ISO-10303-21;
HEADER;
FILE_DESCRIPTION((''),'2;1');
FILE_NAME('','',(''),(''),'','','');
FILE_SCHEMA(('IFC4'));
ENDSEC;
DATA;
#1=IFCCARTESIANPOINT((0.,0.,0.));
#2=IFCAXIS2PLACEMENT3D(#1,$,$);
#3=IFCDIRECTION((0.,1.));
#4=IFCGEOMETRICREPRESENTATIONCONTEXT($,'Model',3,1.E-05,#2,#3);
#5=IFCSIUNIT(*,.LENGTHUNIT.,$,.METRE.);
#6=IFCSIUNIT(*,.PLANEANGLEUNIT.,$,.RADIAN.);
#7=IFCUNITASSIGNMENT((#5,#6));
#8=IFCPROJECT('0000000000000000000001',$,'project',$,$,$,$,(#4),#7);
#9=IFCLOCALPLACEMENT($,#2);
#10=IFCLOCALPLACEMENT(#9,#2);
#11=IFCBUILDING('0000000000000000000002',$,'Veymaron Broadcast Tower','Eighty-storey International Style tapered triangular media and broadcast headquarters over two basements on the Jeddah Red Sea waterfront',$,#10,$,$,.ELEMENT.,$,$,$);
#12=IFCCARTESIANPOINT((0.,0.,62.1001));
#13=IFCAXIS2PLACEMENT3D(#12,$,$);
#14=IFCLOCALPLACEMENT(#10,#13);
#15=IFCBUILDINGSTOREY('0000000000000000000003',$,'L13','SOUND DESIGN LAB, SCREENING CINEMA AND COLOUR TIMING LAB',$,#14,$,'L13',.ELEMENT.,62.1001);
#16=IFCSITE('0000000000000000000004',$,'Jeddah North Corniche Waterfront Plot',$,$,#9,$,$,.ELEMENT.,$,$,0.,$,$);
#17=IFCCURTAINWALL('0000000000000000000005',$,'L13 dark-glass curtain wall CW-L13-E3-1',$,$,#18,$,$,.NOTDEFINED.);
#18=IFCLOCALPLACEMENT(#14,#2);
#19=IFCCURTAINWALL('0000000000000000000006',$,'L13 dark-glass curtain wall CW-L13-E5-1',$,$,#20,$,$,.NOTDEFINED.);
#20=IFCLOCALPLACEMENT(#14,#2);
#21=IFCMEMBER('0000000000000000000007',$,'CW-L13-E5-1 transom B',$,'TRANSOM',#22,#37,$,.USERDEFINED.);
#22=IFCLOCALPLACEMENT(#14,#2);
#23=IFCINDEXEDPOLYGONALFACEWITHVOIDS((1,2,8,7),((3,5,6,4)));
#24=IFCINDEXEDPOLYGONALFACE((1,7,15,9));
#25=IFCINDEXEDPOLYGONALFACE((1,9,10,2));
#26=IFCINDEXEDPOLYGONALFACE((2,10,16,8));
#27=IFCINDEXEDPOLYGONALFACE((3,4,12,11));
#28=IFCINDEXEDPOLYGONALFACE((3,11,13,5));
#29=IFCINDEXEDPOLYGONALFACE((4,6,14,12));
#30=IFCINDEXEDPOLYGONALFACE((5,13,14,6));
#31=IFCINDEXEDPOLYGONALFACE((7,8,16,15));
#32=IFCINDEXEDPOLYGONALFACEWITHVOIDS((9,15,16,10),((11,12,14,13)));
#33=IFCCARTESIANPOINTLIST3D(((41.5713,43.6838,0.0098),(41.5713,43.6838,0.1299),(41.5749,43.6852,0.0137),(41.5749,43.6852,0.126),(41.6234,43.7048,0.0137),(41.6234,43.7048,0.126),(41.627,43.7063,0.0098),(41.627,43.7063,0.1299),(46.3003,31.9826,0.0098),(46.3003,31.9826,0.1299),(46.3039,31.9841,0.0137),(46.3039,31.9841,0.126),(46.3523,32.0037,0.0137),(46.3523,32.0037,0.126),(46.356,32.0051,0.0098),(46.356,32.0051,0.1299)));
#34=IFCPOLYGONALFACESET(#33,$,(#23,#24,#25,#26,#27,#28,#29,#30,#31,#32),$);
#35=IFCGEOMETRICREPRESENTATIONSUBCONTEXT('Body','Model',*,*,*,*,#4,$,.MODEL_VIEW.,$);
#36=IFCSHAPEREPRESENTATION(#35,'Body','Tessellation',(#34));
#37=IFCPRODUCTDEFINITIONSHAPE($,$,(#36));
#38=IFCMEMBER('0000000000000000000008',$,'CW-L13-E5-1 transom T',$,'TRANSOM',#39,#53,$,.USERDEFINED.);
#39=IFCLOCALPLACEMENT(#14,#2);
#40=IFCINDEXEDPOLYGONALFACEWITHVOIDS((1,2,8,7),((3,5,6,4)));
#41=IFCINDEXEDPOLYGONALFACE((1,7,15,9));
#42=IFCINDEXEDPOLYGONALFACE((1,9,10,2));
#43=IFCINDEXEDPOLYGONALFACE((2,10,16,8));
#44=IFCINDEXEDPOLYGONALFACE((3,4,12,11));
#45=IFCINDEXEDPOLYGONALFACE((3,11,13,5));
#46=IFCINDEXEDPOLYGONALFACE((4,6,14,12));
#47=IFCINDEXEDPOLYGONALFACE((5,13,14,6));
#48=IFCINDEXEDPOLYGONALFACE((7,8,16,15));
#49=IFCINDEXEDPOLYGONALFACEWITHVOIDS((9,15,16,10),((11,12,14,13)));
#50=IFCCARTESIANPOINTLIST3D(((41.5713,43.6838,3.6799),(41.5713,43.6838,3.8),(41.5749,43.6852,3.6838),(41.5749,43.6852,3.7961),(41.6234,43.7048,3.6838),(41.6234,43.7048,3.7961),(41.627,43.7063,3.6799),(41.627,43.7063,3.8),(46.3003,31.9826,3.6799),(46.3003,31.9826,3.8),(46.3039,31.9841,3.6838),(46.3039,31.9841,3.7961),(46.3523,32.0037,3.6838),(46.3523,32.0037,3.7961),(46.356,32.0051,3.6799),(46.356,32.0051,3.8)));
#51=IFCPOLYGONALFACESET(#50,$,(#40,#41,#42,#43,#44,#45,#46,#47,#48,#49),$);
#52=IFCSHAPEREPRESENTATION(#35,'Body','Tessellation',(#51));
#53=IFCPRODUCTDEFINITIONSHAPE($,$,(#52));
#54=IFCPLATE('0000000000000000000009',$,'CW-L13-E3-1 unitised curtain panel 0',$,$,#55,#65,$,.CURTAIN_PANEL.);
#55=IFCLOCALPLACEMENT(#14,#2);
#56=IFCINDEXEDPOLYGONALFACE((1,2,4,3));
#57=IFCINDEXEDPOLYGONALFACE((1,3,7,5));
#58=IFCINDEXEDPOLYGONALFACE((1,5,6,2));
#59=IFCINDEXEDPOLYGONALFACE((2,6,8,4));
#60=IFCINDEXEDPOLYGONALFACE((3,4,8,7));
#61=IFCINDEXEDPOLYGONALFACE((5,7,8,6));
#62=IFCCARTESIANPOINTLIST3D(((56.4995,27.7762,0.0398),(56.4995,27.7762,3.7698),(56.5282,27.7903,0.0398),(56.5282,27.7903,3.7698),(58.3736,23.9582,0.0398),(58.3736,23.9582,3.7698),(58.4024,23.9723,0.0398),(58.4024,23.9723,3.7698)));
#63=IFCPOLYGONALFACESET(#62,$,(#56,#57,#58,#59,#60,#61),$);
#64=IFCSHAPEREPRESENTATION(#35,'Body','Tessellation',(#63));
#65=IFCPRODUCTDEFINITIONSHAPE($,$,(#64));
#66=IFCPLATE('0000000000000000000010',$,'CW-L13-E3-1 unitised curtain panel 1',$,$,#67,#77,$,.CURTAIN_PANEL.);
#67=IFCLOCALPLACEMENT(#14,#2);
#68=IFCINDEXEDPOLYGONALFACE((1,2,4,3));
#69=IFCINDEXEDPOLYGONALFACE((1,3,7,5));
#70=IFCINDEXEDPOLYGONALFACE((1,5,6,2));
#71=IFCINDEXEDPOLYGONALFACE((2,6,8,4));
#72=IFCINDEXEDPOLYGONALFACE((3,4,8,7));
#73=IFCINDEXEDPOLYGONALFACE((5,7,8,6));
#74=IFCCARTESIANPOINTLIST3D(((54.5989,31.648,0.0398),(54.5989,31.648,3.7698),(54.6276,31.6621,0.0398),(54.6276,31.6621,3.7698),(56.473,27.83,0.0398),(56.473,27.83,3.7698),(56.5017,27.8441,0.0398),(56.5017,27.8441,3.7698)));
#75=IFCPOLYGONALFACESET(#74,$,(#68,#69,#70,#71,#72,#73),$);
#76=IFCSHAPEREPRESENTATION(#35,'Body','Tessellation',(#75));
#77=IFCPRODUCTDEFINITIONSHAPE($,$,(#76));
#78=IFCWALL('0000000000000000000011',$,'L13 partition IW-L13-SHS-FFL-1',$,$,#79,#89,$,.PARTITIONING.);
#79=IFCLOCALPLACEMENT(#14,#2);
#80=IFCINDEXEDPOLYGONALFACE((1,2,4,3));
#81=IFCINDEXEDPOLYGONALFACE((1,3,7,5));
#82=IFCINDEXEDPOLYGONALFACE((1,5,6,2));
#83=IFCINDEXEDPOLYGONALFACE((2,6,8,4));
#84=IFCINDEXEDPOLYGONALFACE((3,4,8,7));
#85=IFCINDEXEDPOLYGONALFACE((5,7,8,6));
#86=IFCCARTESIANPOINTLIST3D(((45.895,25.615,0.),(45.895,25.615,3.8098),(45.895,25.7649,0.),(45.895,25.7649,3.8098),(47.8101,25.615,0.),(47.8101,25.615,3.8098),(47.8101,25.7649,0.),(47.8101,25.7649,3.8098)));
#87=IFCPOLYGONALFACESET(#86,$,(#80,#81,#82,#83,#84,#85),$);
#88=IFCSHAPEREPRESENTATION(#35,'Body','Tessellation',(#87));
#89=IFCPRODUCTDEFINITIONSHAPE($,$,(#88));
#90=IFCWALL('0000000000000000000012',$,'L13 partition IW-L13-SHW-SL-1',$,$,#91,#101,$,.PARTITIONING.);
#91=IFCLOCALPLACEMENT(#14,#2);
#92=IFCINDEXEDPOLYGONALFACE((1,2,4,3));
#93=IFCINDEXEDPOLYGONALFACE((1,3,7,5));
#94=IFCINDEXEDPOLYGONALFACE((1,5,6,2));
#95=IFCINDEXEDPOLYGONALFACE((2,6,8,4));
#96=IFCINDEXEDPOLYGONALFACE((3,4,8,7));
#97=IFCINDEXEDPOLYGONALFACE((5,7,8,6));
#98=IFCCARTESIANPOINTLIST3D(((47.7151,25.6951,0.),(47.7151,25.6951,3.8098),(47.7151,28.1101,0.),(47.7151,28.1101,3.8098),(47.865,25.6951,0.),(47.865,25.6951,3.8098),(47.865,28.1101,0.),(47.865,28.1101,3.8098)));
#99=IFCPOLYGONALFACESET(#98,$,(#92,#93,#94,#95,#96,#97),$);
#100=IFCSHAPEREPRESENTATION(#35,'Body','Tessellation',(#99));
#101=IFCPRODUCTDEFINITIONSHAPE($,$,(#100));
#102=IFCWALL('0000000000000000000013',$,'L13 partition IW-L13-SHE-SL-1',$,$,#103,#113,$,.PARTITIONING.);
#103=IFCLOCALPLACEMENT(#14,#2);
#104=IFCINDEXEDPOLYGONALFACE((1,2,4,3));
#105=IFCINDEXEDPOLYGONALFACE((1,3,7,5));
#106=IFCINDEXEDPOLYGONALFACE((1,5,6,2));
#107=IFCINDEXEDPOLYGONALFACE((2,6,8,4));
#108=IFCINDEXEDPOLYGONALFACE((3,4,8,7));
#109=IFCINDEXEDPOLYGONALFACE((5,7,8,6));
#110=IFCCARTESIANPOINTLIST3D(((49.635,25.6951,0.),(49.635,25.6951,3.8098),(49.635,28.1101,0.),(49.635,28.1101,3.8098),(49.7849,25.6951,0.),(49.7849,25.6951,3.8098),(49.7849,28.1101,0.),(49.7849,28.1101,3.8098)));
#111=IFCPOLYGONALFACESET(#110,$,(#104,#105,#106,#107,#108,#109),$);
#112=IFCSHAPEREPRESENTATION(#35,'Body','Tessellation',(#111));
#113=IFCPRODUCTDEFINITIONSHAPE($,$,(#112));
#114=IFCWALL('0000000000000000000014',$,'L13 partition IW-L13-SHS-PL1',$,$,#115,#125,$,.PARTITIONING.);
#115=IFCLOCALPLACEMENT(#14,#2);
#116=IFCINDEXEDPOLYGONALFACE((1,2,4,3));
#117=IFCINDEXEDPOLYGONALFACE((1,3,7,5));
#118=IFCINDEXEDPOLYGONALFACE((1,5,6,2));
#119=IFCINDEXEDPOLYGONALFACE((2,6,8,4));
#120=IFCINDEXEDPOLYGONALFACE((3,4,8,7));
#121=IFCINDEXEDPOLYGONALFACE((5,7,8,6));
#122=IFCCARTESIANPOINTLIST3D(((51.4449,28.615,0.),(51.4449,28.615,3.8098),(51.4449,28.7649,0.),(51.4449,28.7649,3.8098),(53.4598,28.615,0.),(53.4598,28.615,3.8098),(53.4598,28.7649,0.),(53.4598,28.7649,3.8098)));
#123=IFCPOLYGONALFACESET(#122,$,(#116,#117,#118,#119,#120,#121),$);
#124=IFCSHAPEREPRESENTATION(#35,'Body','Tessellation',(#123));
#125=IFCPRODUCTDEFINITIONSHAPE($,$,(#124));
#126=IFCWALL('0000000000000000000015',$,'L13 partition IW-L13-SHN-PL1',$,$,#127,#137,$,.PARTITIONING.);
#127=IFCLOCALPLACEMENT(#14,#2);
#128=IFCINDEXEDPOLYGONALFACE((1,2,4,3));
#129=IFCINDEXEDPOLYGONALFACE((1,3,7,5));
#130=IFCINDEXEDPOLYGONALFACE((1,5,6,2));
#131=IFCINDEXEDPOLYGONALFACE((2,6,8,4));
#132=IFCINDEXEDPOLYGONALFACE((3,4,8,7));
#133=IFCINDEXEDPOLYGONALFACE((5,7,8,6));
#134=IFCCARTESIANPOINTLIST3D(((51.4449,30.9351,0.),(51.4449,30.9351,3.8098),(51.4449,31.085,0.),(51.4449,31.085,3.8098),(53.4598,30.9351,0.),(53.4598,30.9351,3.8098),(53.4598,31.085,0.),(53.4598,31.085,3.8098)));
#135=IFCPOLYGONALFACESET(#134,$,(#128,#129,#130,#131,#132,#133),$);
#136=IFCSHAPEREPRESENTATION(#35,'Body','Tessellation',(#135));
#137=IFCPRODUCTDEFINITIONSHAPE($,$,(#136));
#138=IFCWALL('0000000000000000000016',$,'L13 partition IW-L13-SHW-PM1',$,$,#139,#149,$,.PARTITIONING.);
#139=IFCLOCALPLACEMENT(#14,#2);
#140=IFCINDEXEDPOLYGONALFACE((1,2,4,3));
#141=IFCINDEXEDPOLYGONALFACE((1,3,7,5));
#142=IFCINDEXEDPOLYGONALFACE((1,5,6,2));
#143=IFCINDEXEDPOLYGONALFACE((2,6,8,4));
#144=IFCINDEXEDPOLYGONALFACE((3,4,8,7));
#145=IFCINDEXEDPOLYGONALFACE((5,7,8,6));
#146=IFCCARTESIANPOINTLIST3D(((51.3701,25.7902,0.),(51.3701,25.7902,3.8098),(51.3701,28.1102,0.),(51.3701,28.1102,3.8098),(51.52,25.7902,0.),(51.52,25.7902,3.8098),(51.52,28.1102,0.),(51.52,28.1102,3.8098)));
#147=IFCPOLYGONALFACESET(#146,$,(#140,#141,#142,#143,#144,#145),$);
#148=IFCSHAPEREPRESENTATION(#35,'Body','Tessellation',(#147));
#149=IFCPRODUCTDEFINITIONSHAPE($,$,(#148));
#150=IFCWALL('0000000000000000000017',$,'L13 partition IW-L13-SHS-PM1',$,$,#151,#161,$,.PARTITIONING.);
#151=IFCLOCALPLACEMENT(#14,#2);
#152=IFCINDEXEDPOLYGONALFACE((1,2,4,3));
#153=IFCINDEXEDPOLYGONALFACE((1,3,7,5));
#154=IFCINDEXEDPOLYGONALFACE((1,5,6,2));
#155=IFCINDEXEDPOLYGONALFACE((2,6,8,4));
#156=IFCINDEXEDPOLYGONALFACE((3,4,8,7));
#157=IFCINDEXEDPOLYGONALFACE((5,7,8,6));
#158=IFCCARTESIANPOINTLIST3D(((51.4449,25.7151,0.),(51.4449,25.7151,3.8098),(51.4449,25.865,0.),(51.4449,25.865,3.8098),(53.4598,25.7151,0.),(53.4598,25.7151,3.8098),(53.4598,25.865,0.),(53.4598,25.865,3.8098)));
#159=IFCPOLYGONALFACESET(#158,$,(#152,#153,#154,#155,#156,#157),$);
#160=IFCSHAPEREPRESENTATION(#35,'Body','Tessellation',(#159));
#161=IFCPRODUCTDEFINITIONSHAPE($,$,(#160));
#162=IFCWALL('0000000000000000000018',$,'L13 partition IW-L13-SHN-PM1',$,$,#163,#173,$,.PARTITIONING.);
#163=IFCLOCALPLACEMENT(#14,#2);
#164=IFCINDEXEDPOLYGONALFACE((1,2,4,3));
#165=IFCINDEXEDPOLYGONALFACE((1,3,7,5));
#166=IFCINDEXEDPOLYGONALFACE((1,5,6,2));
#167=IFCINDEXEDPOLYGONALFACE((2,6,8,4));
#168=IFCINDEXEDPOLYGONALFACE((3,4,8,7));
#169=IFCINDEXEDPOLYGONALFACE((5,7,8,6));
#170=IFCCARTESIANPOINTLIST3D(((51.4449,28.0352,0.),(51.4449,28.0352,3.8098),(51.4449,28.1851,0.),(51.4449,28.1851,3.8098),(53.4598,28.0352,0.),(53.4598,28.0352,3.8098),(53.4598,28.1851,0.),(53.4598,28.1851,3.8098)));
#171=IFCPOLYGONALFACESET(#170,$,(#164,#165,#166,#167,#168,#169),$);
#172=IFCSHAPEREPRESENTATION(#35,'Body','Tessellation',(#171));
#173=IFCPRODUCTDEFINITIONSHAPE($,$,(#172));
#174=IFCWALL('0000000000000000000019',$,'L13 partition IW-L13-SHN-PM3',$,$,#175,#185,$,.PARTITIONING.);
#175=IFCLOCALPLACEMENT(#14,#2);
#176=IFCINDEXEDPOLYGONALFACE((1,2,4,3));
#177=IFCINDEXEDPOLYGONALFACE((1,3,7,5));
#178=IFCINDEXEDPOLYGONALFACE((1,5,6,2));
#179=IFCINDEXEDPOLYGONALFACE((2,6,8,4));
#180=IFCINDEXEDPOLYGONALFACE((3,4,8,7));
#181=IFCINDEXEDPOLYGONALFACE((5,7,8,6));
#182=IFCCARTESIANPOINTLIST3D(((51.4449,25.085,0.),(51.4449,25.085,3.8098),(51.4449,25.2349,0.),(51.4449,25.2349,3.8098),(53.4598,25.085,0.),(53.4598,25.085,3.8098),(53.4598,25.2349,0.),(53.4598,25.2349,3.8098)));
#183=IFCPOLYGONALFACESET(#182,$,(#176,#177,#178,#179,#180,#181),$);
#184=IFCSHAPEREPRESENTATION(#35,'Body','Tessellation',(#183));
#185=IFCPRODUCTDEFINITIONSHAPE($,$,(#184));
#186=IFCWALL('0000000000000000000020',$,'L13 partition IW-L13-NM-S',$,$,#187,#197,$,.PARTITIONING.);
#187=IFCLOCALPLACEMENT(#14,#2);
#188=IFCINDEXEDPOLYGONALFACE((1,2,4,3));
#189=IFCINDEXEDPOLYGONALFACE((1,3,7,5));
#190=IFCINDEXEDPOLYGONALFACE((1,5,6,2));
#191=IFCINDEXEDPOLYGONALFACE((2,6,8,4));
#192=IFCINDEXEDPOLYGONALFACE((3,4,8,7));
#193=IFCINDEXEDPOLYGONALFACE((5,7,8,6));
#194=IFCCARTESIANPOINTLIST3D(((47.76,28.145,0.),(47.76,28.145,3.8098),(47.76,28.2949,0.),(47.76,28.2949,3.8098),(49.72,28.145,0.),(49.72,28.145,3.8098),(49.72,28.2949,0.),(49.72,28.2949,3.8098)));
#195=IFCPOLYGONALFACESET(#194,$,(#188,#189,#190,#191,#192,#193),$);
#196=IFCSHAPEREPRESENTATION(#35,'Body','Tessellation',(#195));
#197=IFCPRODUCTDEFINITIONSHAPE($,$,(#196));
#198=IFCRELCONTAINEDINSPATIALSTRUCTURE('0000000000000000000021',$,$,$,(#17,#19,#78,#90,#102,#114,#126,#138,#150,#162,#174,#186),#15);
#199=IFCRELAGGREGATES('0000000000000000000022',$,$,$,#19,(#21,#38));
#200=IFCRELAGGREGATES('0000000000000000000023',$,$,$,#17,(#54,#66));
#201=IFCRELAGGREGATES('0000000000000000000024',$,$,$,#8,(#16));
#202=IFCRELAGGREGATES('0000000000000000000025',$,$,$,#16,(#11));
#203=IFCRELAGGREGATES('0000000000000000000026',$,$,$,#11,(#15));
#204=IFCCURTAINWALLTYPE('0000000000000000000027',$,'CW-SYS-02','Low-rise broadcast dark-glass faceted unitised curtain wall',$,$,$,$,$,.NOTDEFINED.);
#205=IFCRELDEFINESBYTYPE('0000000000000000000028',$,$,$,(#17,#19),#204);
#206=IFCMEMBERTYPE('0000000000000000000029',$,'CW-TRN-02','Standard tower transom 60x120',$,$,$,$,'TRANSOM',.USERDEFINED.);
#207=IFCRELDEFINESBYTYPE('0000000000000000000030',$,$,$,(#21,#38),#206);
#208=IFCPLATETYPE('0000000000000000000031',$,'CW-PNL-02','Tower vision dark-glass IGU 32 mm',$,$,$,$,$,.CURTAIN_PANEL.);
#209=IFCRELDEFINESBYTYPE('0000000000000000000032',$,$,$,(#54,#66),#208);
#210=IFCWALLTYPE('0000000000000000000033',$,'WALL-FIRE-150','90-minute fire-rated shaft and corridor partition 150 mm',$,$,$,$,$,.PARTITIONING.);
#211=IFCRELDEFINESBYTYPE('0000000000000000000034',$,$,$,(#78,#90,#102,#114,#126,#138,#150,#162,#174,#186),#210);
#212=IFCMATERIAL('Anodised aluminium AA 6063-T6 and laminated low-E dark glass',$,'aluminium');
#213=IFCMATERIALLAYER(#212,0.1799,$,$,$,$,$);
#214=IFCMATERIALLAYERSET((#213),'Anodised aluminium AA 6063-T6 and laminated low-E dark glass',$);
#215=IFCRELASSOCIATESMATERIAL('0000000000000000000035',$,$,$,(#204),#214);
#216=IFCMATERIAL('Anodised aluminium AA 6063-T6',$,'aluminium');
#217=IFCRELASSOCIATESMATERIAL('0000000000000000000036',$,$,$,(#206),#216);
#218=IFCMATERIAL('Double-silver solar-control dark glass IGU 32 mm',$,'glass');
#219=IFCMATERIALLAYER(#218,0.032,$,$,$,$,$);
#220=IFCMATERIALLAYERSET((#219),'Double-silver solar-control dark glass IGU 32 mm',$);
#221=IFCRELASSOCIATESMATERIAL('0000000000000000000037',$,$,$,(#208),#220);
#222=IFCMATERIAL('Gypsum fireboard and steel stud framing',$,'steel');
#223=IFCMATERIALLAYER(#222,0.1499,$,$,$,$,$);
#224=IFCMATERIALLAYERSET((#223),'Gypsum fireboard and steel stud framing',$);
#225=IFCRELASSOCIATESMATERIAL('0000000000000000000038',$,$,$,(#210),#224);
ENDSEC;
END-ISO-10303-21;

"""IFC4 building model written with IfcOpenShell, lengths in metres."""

from ifc_helpers import new_model, si_unit, direction, frame, frame_2d, origin, origin_2d, place, context, subcontext, project, spatial, rectangle, hollow_rectangle, extrude, material, layer, layer_set, material_profile, profile_set, type_object, element, aggregate, save


model = new_model("IFC4")

# Units and contexts
model_context = context("Model", 3, precision=1e-05, world=origin(), true_north=direction((0.0, 1.0)))
body_context = subcontext(model_context, "Body", "Model", "MODEL_VIEW")
ifc_project = project(units=[si_unit("LENGTHUNIT", "METRE"), si_unit("PLANEANGLEUNIT", "RADIAN")], contexts=[model_context])

# Site, building, storey
site_placement = place(None, origin())
site = spatial("IfcSite", under=ifc_project, at=site_placement, Name="Jeddah North Corniche Waterfront Plot", CompositionType="ELEMENT", RefElevation=0.0)
building_placement = place(site_placement, origin())
building = spatial("IfcBuilding", under=site, at=building_placement, Name="Veymaron Broadcast Tower", Description="Eighty-storey International Style tapered triangular media and broadcast headquarters over two basements on the Jeddah Red Sea waterfront", CompositionType="ELEMENT")
storey_placement = place(building_placement, frame((0.0, 0.0, 62.1001)))
storey = spatial("IfcBuildingStorey", under=building, at=storey_placement, Name="L13", Description="SOUND DESIGN LAB, SCREENING CINEMA AND COLOUR TIMING LAB", LongName="L13", CompositionType="ELEMENT", Elevation=62.1001)

# Shared definitions
ifc_material_1 = material(Name="Anodised aluminium AA 6063-T6 and laminated low-E dark glass", Category="aluminium")
ifc_layer_1 = layer(ifc_material_1, 0.1799)
ifc_layer_set_1 = layer_set([ifc_layer_1], Name="Anodised aluminium AA 6063-T6 and laminated low-E dark glass")
curtain_wall_type = type_object("IfcCurtainWallType", Name="CW-SYS-02", Description="Low-rise broadcast dark-glass faceted unitised curtain wall", PredefinedType="NOTDEFINED", material=ifc_layer_set_1)
ifc_material_2 = material(Name="Anodised aluminium AA 6063-T6", Category="aluminium")

# Curtain wall
curtain_wall_1_placement = place(storey_placement, origin())
curtain_wall_1 = element("IfcCurtainWall", 1, at=curtain_wall_1_placement, inside=storey, type_object=curtain_wall_type, Name="L13 dark-glass curtain wall CW-L13-E3-1", PredefinedType="NOTDEFINED")

# Curtain wall
curtain_wall_2_placement = place(storey_placement, origin())
curtain_wall_2 = element("IfcCurtainWall", 2, at=curtain_wall_2_placement, inside=storey, type_object=curtain_wall_type, Name="L13 dark-glass curtain wall CW-L13-E5-1", PredefinedType="NOTDEFINED")

# Members
ifc_material_profile_1 = material_profile(ifc_material_2, hollow_rectangle(XDim=0.0601, YDim=0.1201, WallThickness=0.0039, at=origin_2d()), Name="AL120X60X4")
ifc_profile_set_1 = profile_set([ifc_material_profile_1], Name="Anodised aluminium AA 6063-T6")
member_type_1 = type_object("IfcMemberType", Name="CW-TRN-02", Description="Standard tower transom 60x120", ElementType="TRANSOM", PredefinedType="USERDEFINED", material=ifc_profile_set_1)
member_1_placement = place(storey_placement, frame((46.3281, 31.9939, 0.0698), z_axis=(-0.374704, 0.927145, 0.0), x_axis=(-0.927145, -0.374704, 0.0)))
member_1 = element("IfcMember", 3, at=member_1_placement, type_object=member_type_1, Name="CW-L13-E5-1 transom B", ObjectType="TRANSOM", PredefinedType="USERDEFINED", context=body_context, shape_type="SweptSolid", body=[
    extrude(hollow_rectangle(XDim=0.0601, YDim=0.1201, WallThickness=0.0039, at=origin_2d()), origin(), (0.0, 0.0, 1.0), 12.6206),
])
member_2_placement = place(storey_placement, frame((46.3281, 31.9939, 3.74), z_axis=(-0.374704, 0.927145, 0.0), x_axis=(-0.927145, -0.374704, 0.0)))
member_2 = element("IfcMember", 4, at=member_2_placement, type_object=member_type_1, Name="CW-L13-E5-1 transom T", ObjectType="TRANSOM", PredefinedType="USERDEFINED", context=body_context, shape_type="SweptSolid", body=[
    extrude(hollow_rectangle(XDim=0.0601, YDim=0.1201, WallThickness=0.0039, at=origin_2d()), origin(), (0.0, 0.0, 1.0), 12.6206),
])
aggregate(curtain_wall_2, [member_1, member_2])

# Plates
ifc_material_3 = material(Name="Double-silver solar-control dark glass IGU 32 mm", Category="glass")
ifc_layer_2 = layer(ifc_material_3, 0.032)
ifc_layer_set_2 = layer_set([ifc_layer_2], Name="Double-silver solar-control dark glass IGU 32 mm")
plate_type = type_object("IfcPlateType", Name="CW-PNL-02", Description="Tower vision dark-glass IGU 32 mm", PredefinedType="CURTAIN_PANEL", material=ifc_layer_set_2)
plate_1_placement = place(storey_placement, frame((57.4509, 25.8743, 0.0398), z_axis=(0.0, 0.0, 1.0), x_axis=(-0.440644, 0.897682, 0.0)))
plate_1 = element("IfcPlate", 5, at=plate_1_placement, type_object=plate_type, Name="CW-L13-E3-1 unitised curtain panel 0", PredefinedType="CURTAIN_PANEL", context=body_context, shape_type="SweptSolid", body=[
    extrude(rectangle(XDim=4.2532, YDim=0.032, at=origin_2d()), origin(), (0.0, 0.0, 1.0), 3.73),
])
plate_2_placement = place(storey_placement, frame((55.5503, 29.7461, 0.0398), z_axis=(0.0, 0.0, 1.0), x_axis=(-0.440644, 0.897682, 0.0)))
plate_2 = element("IfcPlate", 6, at=plate_2_placement, type_object=plate_type, Name="CW-L13-E3-1 unitised curtain panel 1", PredefinedType="CURTAIN_PANEL", context=body_context, shape_type="SweptSolid", body=[
    extrude(rectangle(XDim=4.2532, YDim=0.032, at=origin_2d()), origin(), (0.0, 0.0, 1.0), 3.73),
])
aggregate(curtain_wall_1, [plate_1, plate_2])

# Shared definitions
ifc_material_4 = material(Name="Gypsum fireboard and steel stud framing", Category="steel")
ifc_layer_3 = layer(ifc_material_4, 0.1499)
ifc_layer_set_3 = layer_set([ifc_layer_3], Name="Gypsum fireboard and steel stud framing")
wall_type_1 = type_object("IfcWallType", Name="WALL-FIRE-150", Description="90-minute fire-rated shaft and corridor partition 150 mm", PredefinedType="PARTITIONING", material=ifc_layer_set_3)

# Wall
wall_1_placement = place(storey_placement, frame((45.895, 25.6899, 0.0), z_axis=(0.0, 0.0, 1.0), x_axis=(1.0, 0.0, 0.0)))
element("IfcWall", 7, at=wall_1_placement, inside=storey, type_object=wall_type_1, Name="L13 partition IW-L13-SHS-FFL-1", PredefinedType="PARTITIONING", context=body_context, shape_type="SweptSolid", body=[
    extrude(rectangle(XDim=1.915, YDim=0.1499, at=frame_2d((0.9575, 0.0))), origin(), (0.0, 0.0, 1.0), 3.8098),
])

# Walls
for number, where, z_axis, x_axis, name in (
    (8, (47.79, 25.6951, 0.0), (0.0, 0.0, 1.0), (0.0, 1.0, 0.0), "L13 partition IW-L13-SHW-SL-1"),
    (9, (49.71, 25.6951, 0.0), (0.0, 0.0, 1.0), (0.0, 1.0, 0.0), "L13 partition IW-L13-SHE-SL-1"),
):
    element("IfcWall", number, at=place(storey_placement, frame(where, z_axis=z_axis, x_axis=x_axis)), inside=storey, type_object=wall_type_1, Name=name, PredefinedType="PARTITIONING", context=body_context, shape_type="SweptSolid", body=[
        extrude(rectangle(XDim=2.415, YDim=0.1499, at=frame_2d((1.2075, 0.0))), origin(), (0.0, 0.0, 1.0), 3.8098),
    ])

# Walls
for number, where, z_axis, x_axis, name in (
    (10, (51.4451, 28.6899, 0.0), (0.0, 0.0, 1.0), (1.0, 0.0, 0.0), "L13 partition IW-L13-SHS-PL1"),
    (11, (51.4451, 31.01, 0.0), (0.0, 0.0, 1.0), (1.0, 0.0, 0.0), "L13 partition IW-L13-SHN-PL1"),
):
    element("IfcWall", number, at=place(storey_placement, frame(where, z_axis=z_axis, x_axis=x_axis)), inside=storey, type_object=wall_type_1, Name=name, PredefinedType="PARTITIONING", context=body_context, shape_type="SweptSolid", body=[
        extrude(rectangle(XDim=2.0149, YDim=0.1499, at=frame_2d((1.0073, 0.0))), origin(), (0.0, 0.0, 1.0), 3.8098),
    ])
wall_2_placement = place(storey_placement, frame((51.4451, 25.79, 0.0), z_axis=(0.0, 0.0, 1.0), x_axis=(0.0, 1.0, 0.0)))
element("IfcWall", 12, at=wall_2_placement, inside=storey, type_object=wall_type_1, Name="L13 partition IW-L13-SHW-PM1", PredefinedType="PARTITIONING", context=body_context, shape_type="SweptSolid", body=[
    extrude(rectangle(XDim=2.3201, YDim=0.1499, at=frame_2d((1.1602, 0.0))), origin(), (0.0, 0.0, 1.0), 3.8098),
])
for number, where, z_axis, x_axis, name in (
    (13, (51.4451, 25.79, 0.0), (0.0, 0.0, 1.0), (1.0, 0.0, 0.0), "L13 partition IW-L13-SHS-PM1"),
    (14, (51.4451, 28.1101, 0.0), (0.0, 0.0, 1.0), (1.0, 0.0, 0.0), "L13 partition IW-L13-SHN-PM1"),
    (15, (51.4451, 25.1599, 0.0), (0.0, 0.0, 1.0), (1.0, 0.0, 0.0), "L13 partition IW-L13-SHN-PM3"),
):
    element("IfcWall", number, at=place(storey_placement, frame(where, z_axis=z_axis, x_axis=x_axis)), inside=storey, type_object=wall_type_1, Name=name, PredefinedType="PARTITIONING", context=body_context, shape_type="SweptSolid", body=[
        extrude(rectangle(XDim=2.0149, YDim=0.1499, at=frame_2d((1.0073, 0.0))), origin(), (0.0, 0.0, 1.0), 3.8098),
    ])
wall_3_placement = place(storey_placement, frame((47.76, 28.22, 0.0), z_axis=(0.0, 0.0, 1.0), x_axis=(1.0, 0.0, 0.0)))
element("IfcWall", 16, at=wall_3_placement, inside=storey, type_object=wall_type_1, Name="L13 partition IW-L13-NM-S", PredefinedType="PARTITIONING", context=body_context, shape_type="SweptSolid", body=[
    extrude(rectangle(XDim=1.96, YDim=0.1499, at=frame_2d((0.98, 0.0))), origin(), (0.0, 0.0, 1.0), 3.8098),
])

save(model, "model.ifc")
